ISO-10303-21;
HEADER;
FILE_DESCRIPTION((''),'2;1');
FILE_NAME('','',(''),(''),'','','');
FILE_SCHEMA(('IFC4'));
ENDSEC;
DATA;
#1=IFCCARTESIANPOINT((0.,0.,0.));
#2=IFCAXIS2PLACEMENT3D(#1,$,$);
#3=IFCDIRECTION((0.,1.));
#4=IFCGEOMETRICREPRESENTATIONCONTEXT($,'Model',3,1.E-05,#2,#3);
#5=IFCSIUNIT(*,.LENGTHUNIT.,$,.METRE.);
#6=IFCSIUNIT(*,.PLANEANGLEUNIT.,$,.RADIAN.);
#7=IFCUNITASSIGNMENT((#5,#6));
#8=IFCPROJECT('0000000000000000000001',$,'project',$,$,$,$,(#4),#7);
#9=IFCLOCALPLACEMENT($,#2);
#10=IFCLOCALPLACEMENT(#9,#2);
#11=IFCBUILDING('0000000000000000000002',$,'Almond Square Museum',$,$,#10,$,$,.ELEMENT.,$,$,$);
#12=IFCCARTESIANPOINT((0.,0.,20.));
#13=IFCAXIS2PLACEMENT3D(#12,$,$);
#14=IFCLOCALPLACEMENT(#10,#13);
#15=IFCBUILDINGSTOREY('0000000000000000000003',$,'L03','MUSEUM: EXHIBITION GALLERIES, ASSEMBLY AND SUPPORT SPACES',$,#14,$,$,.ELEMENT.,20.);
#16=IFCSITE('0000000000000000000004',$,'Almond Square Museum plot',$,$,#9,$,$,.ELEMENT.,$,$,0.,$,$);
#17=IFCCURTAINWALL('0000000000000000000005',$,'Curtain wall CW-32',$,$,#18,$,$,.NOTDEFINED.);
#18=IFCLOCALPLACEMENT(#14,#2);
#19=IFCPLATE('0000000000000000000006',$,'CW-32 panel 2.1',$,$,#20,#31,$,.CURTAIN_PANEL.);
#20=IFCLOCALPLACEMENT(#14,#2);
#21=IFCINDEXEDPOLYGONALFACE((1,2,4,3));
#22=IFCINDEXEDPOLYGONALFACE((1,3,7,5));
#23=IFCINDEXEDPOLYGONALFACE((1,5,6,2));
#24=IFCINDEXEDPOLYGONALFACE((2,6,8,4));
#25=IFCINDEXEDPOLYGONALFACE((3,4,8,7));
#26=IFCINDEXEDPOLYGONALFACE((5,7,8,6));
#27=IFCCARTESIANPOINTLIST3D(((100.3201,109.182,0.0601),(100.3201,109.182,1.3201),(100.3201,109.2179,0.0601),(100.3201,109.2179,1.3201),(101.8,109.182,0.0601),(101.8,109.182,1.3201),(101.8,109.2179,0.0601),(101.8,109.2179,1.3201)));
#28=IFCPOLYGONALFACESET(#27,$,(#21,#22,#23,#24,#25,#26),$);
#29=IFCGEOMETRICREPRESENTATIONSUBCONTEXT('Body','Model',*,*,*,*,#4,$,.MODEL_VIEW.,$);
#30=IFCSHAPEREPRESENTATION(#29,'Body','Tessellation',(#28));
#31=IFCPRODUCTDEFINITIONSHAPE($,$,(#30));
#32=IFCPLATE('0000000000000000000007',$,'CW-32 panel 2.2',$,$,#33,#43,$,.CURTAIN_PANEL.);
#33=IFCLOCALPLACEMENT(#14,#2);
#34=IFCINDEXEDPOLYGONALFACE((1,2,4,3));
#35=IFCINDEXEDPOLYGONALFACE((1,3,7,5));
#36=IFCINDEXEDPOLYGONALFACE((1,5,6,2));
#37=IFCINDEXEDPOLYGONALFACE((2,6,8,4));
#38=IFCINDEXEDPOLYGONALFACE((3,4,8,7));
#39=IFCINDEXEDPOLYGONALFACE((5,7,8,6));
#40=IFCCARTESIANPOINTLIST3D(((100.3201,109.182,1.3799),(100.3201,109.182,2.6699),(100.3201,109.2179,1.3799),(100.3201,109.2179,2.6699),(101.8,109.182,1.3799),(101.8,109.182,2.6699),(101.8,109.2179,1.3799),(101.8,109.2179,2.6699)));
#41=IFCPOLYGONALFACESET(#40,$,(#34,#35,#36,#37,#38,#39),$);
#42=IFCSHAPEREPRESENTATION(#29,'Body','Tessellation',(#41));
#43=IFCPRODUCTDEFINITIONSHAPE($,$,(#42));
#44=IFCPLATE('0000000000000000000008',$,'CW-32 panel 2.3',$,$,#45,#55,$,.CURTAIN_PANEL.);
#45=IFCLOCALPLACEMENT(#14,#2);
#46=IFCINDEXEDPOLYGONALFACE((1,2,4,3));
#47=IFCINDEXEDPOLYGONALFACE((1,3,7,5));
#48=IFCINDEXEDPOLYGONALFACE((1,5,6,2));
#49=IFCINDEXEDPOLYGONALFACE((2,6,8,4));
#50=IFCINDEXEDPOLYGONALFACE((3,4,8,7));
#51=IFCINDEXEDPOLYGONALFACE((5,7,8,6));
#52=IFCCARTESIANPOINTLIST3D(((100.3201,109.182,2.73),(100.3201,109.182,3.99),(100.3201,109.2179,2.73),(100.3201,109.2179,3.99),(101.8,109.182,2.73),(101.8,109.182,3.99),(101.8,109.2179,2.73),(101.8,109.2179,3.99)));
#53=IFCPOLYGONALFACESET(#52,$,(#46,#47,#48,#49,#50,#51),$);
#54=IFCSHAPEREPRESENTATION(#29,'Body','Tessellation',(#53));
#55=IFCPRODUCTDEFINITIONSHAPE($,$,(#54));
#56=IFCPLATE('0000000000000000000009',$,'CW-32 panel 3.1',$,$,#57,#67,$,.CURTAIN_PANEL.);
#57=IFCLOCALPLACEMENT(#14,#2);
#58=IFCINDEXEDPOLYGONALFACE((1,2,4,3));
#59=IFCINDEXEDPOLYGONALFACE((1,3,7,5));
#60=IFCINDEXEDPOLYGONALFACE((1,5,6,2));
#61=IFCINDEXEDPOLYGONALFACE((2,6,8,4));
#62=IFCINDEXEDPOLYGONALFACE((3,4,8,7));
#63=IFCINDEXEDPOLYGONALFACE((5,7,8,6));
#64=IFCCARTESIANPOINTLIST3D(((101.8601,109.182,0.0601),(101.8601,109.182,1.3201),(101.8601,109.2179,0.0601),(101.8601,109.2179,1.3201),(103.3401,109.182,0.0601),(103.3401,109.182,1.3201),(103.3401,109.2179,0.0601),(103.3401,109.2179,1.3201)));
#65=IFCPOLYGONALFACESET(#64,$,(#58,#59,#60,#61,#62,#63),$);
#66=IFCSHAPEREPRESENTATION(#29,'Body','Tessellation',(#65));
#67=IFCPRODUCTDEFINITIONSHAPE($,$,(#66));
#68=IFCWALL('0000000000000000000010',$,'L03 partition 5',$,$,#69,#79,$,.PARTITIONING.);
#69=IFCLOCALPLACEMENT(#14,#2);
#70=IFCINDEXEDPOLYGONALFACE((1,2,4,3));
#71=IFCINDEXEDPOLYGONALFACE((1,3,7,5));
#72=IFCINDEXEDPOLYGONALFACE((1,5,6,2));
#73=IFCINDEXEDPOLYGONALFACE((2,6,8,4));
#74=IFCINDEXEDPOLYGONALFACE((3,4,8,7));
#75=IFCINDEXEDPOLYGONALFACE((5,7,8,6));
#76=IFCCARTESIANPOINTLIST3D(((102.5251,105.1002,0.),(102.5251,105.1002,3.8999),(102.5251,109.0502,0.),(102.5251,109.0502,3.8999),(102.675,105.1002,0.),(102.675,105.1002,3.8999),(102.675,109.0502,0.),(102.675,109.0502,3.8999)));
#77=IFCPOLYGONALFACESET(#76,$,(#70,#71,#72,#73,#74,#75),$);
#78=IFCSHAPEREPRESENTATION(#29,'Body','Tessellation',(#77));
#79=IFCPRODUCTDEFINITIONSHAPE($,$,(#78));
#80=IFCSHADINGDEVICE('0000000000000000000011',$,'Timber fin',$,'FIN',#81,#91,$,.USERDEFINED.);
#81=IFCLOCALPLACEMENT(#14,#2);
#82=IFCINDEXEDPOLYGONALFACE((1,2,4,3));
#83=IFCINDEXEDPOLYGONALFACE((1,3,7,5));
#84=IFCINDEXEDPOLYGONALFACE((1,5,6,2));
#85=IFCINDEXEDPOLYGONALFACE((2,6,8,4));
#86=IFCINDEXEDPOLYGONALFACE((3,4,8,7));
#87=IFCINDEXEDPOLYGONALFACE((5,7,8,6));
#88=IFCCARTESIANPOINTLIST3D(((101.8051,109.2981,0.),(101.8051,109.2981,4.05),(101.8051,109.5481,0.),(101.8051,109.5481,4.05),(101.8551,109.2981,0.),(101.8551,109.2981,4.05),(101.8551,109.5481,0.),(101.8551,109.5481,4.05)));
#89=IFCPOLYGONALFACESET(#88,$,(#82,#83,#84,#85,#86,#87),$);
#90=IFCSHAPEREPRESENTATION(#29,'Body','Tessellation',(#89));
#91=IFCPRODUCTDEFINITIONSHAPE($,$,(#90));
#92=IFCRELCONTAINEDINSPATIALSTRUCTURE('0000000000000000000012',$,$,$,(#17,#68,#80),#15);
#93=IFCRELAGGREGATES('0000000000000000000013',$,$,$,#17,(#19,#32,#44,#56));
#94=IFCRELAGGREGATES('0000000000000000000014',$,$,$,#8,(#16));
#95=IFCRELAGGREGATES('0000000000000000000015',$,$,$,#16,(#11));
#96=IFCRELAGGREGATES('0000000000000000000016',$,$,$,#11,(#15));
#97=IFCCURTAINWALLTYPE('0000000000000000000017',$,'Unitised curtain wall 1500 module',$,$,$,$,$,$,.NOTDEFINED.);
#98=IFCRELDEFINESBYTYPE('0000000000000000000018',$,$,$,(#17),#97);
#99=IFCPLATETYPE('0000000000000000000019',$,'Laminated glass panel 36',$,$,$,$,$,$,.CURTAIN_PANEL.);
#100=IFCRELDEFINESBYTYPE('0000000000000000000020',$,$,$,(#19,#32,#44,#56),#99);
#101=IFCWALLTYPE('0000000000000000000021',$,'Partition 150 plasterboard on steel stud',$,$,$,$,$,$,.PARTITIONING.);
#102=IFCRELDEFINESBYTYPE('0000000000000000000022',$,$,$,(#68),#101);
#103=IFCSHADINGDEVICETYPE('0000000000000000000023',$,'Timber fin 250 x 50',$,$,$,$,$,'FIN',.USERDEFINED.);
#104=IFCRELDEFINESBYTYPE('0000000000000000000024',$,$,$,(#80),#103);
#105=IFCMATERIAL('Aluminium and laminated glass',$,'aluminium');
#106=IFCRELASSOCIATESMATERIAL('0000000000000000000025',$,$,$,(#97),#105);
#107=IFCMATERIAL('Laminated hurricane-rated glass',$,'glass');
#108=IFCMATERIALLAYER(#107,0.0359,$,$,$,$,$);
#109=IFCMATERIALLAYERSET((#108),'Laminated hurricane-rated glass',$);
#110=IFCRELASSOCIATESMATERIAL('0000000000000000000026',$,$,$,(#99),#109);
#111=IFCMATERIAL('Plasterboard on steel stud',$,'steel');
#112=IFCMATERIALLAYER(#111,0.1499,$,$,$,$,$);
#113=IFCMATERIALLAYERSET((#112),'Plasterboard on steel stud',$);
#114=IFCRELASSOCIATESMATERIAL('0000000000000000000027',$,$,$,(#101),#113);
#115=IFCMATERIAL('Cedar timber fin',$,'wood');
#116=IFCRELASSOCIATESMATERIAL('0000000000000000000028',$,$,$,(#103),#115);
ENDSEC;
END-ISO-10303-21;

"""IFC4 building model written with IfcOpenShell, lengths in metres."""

from ifc_helpers import new_model, si_unit, direction, frame, frame_2d, origin, origin_2d, place, context, subcontext, project, spatial, rectangle, extrude, material, layer, layer_set, material_profile, profile_set, type_object, element, aggregate, save


model = new_model("IFC4")

# Units and contexts
model_context = context("Model", 3, precision=1e-05, world=origin(), true_north=direction((0.0, 1.0)))
body_context = subcontext(model_context, "Body", "Model", "MODEL_VIEW")
ifc_project = project(units=[si_unit("LENGTHUNIT", "METRE"), si_unit("PLANEANGLEUNIT", "RADIAN")], contexts=[model_context])

# Site, building, storey
site_placement = place(None, origin())
site = spatial("IfcSite", under=ifc_project, at=site_placement, Name="Almond Square Museum plot", CompositionType="ELEMENT", RefElevation=0.0)
building_placement = place(site_placement, origin())
building = spatial("IfcBuilding", under=site, at=building_placement, Name="Almond Square Museum", CompositionType="ELEMENT")
storey_placement = place(building_placement, frame((0.0, 0.0, 20.0)))
storey = spatial("IfcBuildingStorey", under=building, at=storey_placement, Name="L03", Description="MUSEUM: EXHIBITION GALLERIES, ASSEMBLY AND SUPPORT SPACES", CompositionType="ELEMENT", Elevation=20.0)

# Curtain wall, plates
ifc_material_1 = material(Name="Aluminium and laminated glass", Category="aluminium")
curtain_wall_type = type_object("IfcCurtainWallType", Name="Unitised curtain wall 1500 module", PredefinedType="NOTDEFINED", material=ifc_material_1)
curtain_wall_placement = place(storey_placement, origin())
curtain_wall = element("IfcCurtainWall", 1, at=curtain_wall_placement, inside=storey, type_object=curtain_wall_type, Name="Curtain wall CW-32", PredefinedType="NOTDEFINED")
ifc_material_2 = material(Name="Laminated hurricane-rated glass", Category="glass")
ifc_layer_1 = layer(ifc_material_2, 0.0359)
ifc_layer_set_1 = layer_set([ifc_layer_1], Name="Laminated hurricane-rated glass")
plate_type = type_object("IfcPlateType", Name="Laminated glass panel 36", PredefinedType="CURTAIN_PANEL", material=ifc_layer_set_1)
plate_1_placement = place(storey_placement, frame((101.0601, 109.2, 0.0601), z_axis=(0.0, 0.0, 1.0), x_axis=(1.0, 0.0, 0.0)))
plate_1 = element("IfcPlate", 2, at=plate_1_placement, type_object=plate_type, Name="CW-32 panel 2.1", PredefinedType="CURTAIN_PANEL", context=body_context, shape_type="SweptSolid", body=[
    extrude(rectangle(XDim=1.48, YDim=0.0359, at=origin_2d()), origin(), (0.0, 0.0, 1.0), 1.26),
])
plate_2_placement = place(storey_placement, frame((101.0601, 109.2, 1.3799), z_axis=(0.0, 0.0, 1.0), x_axis=(1.0, 0.0, 0.0)))
plate_2 = element("IfcPlate", 3, at=plate_2_placement, type_object=plate_type, Name="CW-32 panel 2.2", PredefinedType="CURTAIN_PANEL", context=body_context, shape_type="SweptSolid", body=[
    extrude(rectangle(XDim=1.48, YDim=0.0359, at=origin_2d()), origin(), (0.0, 0.0, 1.0), 1.29),
])
plate_3_placement = place(storey_placement, frame((101.0601, 109.2, 2.73), z_axis=(0.0, 0.0, 1.0), x_axis=(1.0, 0.0, 0.0)))
plate_3 = element("IfcPlate", 4, at=plate_3_placement, type_object=plate_type, Name="CW-32 panel 2.3", PredefinedType="CURTAIN_PANEL", context=body_context, shape_type="SweptSolid", body=[
    extrude(rectangle(XDim=1.48, YDim=0.0359, at=origin_2d()), origin(), (0.0, 0.0, 1.0), 1.26),
])
plate_4_placement = place(storey_placement, frame((102.6001, 109.2, 0.0601), z_axis=(0.0, 0.0, 1.0), x_axis=(1.0, 0.0, 0.0)))
plate_4 = element("IfcPlate", 5, at=plate_4_placement, type_object=plate_type, Name="CW-32 panel 3.1", PredefinedType="CURTAIN_PANEL", context=body_context, shape_type="SweptSolid", body=[
    extrude(rectangle(XDim=1.48, YDim=0.0359, at=origin_2d()), origin(), (0.0, 0.0, 1.0), 1.26),
])
aggregate(curtain_wall, [plate_1, plate_2, plate_3, plate_4])

# Wall
ifc_material_3 = material(Name="Plasterboard on steel stud", Category="steel")
ifc_layer_2 = layer(ifc_material_3, 0.1499)
ifc_layer_set_2 = layer_set([ifc_layer_2], Name="Plasterboard on steel stud")
wall_type = type_object("IfcWallType", Name="Partition 150 plasterboard on steel stud", PredefinedType="PARTITIONING", material=ifc_layer_set_2)
wall_placement = place(storey_placement, frame((102.6001, 105.1001, 0.0), z_axis=(0.0, 0.0, 1.0), x_axis=(0.0, 1.0, 0.0)))
element("IfcWall", 6, at=wall_placement, inside=storey, type_object=wall_type, Name="L03 partition 5", PredefinedType="PARTITIONING", context=body_context, shape_type="SweptSolid", body=[
    extrude(rectangle(XDim=3.95, YDim=0.1499, at=frame_2d((1.9751, 0.0))), origin(), (0.0, 0.0, 1.0), 3.8999),
])

# Shading device
ifc_material_4 = material(Name="Cedar timber fin", Category="wood")
ifc_material_profile_1 = material_profile(ifc_material_4, rectangle(XDim=0.25, YDim=0.05, at=origin_2d()))
ifc_profile_set_1 = profile_set([ifc_material_profile_1], Name="Cedar timber fin")
shading_device_type = type_object("IfcShadingDeviceType", Name="Timber fin 250 x 50", ElementType="FIN", PredefinedType="USERDEFINED", material=ifc_profile_set_1)
shading_device_placement = place(storey_placement, frame((101.8301, 109.4231, 0.0), z_axis=(0.0, 0.0, 1.0), x_axis=(0.0, 1.0, 0.0)))
element("IfcShadingDevice", 7, at=shading_device_placement, inside=storey, type_object=shading_device_type, Name="Timber fin", ObjectType="FIN", PredefinedType="USERDEFINED", context=body_context, shape_type="SweptSolid", body=[
    extrude(rectangle(XDim=0.25, YDim=0.05, at=origin_2d()), origin(), (0.0, 0.0, 1.0), 4.05),
])

save(model, "model.ifc")
